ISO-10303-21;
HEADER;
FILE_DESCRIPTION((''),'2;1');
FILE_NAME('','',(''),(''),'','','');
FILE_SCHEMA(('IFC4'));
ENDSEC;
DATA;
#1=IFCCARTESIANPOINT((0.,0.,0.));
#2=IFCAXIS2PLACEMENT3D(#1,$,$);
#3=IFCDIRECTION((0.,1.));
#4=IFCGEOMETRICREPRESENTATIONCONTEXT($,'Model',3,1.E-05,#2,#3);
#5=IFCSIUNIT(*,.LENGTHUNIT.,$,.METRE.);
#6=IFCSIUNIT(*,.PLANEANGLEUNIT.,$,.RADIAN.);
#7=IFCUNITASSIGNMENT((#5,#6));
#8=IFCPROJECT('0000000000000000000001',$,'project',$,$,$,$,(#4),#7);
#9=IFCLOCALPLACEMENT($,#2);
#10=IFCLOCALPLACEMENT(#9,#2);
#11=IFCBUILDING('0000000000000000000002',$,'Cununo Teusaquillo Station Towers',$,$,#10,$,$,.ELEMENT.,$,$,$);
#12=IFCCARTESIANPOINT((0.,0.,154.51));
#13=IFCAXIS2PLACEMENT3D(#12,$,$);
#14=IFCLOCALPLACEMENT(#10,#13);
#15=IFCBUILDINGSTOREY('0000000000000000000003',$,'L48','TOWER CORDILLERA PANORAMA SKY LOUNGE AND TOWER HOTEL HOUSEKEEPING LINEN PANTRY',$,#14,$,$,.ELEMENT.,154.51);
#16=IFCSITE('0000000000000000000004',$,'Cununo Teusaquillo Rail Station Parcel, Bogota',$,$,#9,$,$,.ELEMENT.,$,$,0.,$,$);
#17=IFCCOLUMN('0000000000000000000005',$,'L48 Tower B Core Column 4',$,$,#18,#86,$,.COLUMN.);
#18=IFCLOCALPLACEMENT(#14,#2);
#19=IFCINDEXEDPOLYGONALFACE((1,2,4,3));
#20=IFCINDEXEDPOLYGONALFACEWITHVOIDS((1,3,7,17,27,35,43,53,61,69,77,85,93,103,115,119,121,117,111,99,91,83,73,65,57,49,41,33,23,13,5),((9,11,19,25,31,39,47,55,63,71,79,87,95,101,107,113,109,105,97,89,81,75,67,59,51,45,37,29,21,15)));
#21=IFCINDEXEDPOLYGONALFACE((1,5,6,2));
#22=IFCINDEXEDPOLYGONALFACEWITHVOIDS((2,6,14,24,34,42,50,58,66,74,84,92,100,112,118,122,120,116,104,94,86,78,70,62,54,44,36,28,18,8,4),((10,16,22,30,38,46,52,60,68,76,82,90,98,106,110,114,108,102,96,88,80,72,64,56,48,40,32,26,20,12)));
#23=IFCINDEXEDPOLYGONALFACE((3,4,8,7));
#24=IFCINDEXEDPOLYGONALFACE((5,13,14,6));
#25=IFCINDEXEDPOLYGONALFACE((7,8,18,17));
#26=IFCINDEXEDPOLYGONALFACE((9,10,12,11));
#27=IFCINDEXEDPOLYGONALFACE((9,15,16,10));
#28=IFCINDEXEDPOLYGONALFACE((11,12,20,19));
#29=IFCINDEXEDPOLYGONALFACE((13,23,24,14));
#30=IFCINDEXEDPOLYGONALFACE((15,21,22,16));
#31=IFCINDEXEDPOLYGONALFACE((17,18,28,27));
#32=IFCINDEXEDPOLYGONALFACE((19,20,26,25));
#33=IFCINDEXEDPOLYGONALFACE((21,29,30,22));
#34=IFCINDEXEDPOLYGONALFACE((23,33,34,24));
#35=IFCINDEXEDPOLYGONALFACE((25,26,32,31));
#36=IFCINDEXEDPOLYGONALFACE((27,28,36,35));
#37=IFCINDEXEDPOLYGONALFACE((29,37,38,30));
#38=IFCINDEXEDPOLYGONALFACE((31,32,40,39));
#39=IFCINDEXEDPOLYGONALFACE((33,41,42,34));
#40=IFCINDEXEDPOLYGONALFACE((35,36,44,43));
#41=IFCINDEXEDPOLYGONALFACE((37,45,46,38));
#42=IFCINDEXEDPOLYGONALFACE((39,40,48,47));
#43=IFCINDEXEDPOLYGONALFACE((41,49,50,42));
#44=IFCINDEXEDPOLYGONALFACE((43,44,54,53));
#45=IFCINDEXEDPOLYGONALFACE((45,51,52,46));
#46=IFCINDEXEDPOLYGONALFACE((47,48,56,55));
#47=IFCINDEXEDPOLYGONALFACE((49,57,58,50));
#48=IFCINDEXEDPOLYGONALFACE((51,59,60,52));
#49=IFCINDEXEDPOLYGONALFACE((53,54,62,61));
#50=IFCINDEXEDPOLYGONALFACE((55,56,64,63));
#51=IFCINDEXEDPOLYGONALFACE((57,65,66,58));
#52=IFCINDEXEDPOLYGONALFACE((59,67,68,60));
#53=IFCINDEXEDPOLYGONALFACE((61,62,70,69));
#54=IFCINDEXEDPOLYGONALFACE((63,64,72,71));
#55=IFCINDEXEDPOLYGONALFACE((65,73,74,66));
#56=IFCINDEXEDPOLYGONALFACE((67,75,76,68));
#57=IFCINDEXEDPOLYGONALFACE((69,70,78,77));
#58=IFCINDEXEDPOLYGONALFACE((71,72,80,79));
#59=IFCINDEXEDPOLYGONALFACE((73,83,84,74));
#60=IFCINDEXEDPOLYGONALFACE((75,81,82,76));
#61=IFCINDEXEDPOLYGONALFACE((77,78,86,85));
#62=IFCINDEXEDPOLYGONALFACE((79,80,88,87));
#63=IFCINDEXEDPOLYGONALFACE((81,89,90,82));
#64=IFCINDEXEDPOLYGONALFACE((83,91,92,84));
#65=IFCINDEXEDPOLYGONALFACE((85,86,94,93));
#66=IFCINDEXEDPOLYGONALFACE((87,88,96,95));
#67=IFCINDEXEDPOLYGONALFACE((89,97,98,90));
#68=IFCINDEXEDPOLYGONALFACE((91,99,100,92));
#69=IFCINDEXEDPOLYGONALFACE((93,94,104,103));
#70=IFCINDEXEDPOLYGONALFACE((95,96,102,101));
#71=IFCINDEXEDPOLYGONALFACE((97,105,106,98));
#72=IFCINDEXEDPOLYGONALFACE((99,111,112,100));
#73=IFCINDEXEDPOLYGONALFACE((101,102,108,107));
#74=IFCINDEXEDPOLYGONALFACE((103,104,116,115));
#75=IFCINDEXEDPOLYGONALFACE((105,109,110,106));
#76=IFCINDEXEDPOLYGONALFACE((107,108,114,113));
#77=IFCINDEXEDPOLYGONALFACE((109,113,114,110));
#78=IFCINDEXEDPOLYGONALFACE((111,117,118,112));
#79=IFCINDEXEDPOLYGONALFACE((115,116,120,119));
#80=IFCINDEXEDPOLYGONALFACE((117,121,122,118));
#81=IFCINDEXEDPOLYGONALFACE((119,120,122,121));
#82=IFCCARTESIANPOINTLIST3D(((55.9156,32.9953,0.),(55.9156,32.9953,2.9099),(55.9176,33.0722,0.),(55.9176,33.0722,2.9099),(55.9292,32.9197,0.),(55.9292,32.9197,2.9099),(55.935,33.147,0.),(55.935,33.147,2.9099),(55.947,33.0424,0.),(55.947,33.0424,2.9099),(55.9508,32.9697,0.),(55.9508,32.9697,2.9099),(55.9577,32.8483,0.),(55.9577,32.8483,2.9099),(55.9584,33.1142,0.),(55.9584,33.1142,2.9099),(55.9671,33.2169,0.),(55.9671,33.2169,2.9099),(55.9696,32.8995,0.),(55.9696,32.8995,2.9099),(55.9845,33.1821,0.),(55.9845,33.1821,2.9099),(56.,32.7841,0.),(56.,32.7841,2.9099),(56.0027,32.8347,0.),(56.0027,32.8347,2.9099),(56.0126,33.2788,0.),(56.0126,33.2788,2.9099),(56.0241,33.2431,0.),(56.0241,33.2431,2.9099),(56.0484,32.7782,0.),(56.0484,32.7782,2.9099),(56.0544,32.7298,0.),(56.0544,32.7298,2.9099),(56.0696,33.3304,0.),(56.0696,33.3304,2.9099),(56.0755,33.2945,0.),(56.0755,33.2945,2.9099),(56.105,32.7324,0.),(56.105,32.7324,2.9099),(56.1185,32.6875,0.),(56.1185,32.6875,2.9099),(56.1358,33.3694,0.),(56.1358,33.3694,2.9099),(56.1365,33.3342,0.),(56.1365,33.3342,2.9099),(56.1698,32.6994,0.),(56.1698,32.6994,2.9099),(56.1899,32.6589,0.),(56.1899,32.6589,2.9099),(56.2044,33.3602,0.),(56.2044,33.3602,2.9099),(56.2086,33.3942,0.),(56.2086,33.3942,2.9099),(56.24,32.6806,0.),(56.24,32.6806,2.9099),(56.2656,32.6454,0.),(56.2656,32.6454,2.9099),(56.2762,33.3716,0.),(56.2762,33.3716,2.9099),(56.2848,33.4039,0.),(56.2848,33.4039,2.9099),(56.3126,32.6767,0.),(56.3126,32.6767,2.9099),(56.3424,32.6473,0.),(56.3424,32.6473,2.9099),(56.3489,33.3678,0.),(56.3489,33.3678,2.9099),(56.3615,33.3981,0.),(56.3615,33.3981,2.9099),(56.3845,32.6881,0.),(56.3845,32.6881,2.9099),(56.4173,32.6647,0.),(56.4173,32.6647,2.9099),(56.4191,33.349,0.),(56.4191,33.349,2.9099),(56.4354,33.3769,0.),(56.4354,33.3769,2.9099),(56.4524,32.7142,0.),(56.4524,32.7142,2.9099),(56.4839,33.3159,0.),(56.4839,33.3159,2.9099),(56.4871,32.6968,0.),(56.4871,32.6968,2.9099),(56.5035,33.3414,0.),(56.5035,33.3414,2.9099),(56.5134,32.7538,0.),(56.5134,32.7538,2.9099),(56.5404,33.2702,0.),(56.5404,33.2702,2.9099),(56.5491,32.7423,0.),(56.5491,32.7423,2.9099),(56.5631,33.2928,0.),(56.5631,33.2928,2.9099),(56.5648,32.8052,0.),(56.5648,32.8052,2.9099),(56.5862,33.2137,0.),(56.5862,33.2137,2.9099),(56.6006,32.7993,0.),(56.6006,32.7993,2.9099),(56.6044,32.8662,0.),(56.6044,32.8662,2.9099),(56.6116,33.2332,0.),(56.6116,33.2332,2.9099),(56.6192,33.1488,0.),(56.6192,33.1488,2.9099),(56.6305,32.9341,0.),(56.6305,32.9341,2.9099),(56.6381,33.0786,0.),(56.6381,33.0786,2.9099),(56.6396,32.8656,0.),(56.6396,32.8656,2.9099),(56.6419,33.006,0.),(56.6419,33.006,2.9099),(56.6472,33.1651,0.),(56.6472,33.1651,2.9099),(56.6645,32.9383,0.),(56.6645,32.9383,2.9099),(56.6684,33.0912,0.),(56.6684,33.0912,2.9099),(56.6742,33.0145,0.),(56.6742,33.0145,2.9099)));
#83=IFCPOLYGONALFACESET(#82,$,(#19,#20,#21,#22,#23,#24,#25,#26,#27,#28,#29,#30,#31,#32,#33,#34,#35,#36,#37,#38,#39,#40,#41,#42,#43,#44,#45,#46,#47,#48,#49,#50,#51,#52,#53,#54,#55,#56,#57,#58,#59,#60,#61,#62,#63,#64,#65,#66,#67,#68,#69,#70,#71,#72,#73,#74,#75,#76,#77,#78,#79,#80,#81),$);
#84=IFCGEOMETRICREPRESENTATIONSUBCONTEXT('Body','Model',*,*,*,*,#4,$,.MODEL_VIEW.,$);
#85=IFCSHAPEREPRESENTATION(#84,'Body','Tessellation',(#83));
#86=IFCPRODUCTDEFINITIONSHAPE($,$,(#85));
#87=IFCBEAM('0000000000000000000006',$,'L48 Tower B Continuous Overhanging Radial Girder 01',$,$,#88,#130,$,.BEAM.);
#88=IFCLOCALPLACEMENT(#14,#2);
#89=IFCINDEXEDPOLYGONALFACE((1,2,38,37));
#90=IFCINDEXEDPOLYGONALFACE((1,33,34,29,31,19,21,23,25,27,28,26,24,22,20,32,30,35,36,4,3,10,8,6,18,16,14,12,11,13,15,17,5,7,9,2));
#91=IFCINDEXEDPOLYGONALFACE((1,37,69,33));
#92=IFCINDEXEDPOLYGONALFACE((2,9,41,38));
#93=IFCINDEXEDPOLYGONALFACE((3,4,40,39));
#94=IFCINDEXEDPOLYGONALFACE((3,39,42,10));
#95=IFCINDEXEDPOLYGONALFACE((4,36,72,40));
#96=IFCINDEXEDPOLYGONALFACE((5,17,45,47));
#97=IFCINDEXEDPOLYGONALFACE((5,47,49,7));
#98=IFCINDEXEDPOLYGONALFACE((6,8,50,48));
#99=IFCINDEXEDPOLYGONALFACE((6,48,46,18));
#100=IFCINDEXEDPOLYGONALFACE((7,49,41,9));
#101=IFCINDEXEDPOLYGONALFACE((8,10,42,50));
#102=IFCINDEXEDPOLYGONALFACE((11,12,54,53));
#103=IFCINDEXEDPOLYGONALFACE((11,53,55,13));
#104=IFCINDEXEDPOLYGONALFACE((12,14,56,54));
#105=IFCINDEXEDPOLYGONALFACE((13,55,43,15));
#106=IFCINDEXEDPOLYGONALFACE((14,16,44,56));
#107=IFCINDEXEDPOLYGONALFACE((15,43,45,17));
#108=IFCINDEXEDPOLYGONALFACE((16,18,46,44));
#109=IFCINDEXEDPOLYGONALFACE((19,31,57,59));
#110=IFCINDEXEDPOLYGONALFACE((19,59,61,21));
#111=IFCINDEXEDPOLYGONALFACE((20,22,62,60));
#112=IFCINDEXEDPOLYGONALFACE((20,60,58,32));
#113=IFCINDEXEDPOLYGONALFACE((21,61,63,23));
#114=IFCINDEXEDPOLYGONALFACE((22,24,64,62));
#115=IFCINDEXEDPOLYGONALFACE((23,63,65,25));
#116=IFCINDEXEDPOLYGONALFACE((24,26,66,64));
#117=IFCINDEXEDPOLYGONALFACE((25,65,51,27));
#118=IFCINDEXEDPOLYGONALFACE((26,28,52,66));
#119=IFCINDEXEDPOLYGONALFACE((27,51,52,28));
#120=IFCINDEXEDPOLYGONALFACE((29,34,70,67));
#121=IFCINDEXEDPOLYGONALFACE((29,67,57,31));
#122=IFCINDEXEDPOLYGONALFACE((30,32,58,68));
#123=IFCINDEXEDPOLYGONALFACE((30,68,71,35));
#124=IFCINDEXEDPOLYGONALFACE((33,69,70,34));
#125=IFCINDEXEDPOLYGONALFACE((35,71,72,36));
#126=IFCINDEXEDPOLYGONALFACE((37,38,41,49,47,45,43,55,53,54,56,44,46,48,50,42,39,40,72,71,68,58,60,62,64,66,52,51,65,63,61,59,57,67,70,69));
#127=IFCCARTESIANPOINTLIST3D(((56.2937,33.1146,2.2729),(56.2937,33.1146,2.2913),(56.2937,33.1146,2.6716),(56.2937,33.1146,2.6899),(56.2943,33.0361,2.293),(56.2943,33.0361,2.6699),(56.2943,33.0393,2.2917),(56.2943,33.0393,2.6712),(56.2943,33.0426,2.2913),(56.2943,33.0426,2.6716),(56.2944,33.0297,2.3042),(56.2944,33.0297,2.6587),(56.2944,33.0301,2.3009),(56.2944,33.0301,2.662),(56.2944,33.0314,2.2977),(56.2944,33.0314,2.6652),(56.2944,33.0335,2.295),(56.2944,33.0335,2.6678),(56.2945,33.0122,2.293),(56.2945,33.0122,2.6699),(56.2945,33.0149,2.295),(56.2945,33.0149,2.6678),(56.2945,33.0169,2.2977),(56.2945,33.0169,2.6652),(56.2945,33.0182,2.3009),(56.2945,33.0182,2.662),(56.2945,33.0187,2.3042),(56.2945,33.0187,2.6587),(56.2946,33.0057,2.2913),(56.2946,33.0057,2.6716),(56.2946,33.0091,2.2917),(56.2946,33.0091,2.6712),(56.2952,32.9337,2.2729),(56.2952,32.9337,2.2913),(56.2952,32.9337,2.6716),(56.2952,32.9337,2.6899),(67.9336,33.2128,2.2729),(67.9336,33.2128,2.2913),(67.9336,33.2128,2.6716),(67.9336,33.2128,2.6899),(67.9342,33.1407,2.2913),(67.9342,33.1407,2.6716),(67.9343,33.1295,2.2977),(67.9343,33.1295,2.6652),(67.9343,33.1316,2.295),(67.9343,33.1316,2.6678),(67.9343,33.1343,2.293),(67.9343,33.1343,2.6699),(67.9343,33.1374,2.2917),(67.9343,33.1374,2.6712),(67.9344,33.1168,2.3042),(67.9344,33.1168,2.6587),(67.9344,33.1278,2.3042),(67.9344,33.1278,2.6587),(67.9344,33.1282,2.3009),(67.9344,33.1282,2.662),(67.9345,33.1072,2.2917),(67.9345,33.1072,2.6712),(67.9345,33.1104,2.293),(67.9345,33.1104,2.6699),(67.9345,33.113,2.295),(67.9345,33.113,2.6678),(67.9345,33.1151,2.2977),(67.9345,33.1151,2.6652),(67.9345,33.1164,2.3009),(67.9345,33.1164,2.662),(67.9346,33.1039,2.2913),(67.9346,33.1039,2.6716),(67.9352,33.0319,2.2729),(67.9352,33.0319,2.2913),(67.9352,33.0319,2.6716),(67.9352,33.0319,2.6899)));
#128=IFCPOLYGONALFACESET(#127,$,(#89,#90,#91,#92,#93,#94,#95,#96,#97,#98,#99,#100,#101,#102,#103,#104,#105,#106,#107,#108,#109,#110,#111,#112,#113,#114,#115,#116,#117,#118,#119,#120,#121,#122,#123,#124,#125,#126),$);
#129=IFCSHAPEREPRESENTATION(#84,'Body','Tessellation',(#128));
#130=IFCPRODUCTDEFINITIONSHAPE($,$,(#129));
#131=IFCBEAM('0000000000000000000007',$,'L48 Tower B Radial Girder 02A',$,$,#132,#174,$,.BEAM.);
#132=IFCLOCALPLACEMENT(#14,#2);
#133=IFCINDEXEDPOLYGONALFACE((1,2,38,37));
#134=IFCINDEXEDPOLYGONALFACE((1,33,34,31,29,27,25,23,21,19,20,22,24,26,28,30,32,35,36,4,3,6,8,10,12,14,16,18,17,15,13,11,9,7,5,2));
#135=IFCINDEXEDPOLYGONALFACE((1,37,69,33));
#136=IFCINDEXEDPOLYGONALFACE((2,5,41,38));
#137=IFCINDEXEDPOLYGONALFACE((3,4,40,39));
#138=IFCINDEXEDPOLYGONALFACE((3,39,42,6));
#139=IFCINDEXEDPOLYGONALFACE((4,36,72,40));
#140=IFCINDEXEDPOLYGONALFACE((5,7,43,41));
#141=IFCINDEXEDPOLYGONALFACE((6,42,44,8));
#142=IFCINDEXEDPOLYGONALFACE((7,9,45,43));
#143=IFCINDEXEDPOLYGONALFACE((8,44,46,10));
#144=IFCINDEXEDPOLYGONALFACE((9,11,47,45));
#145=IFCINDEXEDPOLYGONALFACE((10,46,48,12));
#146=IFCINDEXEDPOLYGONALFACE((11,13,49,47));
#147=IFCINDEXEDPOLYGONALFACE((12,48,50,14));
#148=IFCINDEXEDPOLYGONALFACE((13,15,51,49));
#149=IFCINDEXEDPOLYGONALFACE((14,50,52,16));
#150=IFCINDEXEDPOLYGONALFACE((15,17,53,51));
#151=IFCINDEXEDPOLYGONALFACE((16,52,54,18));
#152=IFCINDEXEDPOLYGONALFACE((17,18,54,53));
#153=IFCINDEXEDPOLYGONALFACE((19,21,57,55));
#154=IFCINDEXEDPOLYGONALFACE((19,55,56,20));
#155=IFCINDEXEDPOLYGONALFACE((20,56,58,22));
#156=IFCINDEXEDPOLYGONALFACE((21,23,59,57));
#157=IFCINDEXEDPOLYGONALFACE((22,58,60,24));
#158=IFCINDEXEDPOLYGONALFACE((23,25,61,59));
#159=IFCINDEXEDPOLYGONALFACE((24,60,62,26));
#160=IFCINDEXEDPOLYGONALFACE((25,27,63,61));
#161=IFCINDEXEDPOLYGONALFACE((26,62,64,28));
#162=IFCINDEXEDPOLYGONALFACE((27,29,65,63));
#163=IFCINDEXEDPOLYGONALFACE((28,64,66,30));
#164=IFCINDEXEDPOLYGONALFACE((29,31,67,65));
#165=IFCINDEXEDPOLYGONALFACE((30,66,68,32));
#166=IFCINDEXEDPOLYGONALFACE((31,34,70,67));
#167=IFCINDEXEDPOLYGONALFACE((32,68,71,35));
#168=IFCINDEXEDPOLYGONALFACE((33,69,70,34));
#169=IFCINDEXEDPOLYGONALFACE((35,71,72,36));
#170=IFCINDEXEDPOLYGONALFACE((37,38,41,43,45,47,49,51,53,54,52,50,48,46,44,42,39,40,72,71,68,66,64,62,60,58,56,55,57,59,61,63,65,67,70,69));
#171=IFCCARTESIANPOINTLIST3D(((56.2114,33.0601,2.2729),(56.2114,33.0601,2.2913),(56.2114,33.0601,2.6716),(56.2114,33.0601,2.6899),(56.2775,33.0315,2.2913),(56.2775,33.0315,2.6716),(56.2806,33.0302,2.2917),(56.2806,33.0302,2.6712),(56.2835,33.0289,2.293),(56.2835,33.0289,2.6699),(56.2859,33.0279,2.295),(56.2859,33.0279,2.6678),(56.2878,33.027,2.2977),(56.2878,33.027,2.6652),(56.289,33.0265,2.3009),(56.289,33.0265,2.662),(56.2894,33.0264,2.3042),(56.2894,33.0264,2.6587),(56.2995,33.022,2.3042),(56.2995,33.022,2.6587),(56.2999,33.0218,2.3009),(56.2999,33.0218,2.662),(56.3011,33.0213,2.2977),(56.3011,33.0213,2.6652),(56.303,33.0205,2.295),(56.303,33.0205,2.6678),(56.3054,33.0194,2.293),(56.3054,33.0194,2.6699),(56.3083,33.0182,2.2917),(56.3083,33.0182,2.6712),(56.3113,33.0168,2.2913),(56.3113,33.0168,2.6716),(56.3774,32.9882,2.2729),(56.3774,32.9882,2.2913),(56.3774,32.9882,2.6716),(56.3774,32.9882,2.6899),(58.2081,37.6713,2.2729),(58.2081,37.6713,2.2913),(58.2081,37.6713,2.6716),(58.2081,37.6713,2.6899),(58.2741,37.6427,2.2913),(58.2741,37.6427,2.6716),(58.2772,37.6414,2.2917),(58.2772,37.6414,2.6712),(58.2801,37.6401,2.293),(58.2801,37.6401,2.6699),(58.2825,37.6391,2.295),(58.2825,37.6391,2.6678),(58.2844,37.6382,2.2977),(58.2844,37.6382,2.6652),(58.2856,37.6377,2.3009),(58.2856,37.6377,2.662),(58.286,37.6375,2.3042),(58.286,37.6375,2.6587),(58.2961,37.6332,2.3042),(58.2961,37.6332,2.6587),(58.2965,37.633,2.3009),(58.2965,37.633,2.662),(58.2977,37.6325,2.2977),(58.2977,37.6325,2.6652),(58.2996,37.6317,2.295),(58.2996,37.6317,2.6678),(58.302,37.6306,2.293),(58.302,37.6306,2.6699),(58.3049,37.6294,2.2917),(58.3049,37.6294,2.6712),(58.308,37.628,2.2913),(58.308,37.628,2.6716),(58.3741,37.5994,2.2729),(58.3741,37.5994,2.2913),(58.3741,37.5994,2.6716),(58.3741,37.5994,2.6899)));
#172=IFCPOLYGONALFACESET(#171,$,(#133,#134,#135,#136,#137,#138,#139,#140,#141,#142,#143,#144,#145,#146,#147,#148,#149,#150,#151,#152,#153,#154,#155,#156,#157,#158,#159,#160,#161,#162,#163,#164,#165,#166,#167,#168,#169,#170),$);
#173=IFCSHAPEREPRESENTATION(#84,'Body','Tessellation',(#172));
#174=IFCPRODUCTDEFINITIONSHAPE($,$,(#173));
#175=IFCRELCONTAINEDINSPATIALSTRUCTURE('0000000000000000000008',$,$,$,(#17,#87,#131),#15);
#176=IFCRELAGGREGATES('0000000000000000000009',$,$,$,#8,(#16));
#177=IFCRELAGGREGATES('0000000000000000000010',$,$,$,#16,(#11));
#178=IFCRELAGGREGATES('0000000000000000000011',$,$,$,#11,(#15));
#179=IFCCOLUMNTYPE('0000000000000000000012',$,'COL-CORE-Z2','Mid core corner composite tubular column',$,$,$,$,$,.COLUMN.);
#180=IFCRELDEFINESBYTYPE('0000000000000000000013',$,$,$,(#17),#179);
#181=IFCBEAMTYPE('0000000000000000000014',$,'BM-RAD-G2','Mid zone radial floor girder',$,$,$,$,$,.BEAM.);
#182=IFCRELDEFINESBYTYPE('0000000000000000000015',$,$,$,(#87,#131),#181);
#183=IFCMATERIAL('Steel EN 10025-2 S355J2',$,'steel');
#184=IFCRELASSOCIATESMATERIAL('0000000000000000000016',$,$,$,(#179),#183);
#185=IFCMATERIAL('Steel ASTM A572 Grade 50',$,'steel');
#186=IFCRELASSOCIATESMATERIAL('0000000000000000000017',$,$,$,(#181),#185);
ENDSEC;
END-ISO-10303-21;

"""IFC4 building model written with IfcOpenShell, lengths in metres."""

from ifc_helpers import new_model, si_unit, direction, frame, origin, origin_2d, place, context, subcontext, project, spatial, hollow_circle, i_section, extrude, material, material_profile, profile_set, type_object, element, save


model = new_model("IFC4")

# Units and contexts
model_context = context("Model", 3, precision=1e-05, world=origin(), true_north=direction((0.0, 1.0)))
body_context = subcontext(model_context, "Body", "Model", "MODEL_VIEW")
ifc_project = project(units=[si_unit("LENGTHUNIT", "METRE"), si_unit("PLANEANGLEUNIT", "RADIAN")], contexts=[model_context])

# Site, building, storey
site_placement = place(None, origin())
site = spatial("IfcSite", under=ifc_project, at=site_placement, Name="Cununo Teusaquillo Rail Station Parcel, Bogota", CompositionType="ELEMENT", RefElevation=0.0)
building_placement = place(site_placement, origin())
building = spatial("IfcBuilding", under=site, at=building_placement, Name="Cununo Teusaquillo Station Towers", CompositionType="ELEMENT")
storey_placement = place(building_placement, frame((0.0, 0.0, 154.51)))
storey = spatial("IfcBuildingStorey", under=building, at=storey_placement, Name="L48", Description="TOWER CORDILLERA PANORAMA SKY LOUNGE AND TOWER HOTEL HOUSEKEEPING LINEN PANTRY", CompositionType="ELEMENT", Elevation=154.51)

# Column
ifc_material_1 = material(Name="Steel EN 10025-2 S355J2", Category="steel")
ifc_material_profile_1 = material_profile(ifc_material_1, hollow_circle(Radius=0.3799, WallThickness=0.032, at=origin_2d()), Name="CHS 760x32")
ifc_profile_set_1 = profile_set([ifc_material_profile_1], Name="Steel EN 10025-2 S355J2")
column_type = type_object("IfcColumnType", Name="COL-CORE-Z2", Description="Mid core corner composite tubular column", PredefinedType="COLUMN", material=ifc_profile_set_1)
column_placement = place(storey_placement, frame((56.2944, 33.0242, 0.0), z_axis=(0.0, 0.0, 1.0), x_axis=(0.707107, 0.707107, 0.0)))
element("IfcColumn", 1, at=column_placement, inside=storey, type_object=column_type, Name="L48 Tower B Core Column 4", PredefinedType="COLUMN", context=body_context, shape_type="SweptSolid", body=[
    extrude(hollow_circle(Radius=0.3799, WallThickness=0.032, at=origin_2d()), origin(), (0.0, 0.0, 1.0), 2.9099),
])

# Beams
ifc_material_2 = material(Name="Steel ASTM A572 Grade 50", Category="steel")
ifc_material_profile_2 = material_profile(ifc_material_2, i_section(OverallWidth=0.1809, OverallDepth=0.417, WebThickness=0.011, FlangeThickness=0.0183, FilletRadius=0.0129, at=origin_2d()), Name="W16X57")
ifc_profile_set_2 = profile_set([ifc_material_profile_2], Name="Steel ASTM A572 Grade 50")
beam_type = type_object("IfcBeamType", Name="BM-RAD-G2", Description="Mid zone radial floor girder", PredefinedType="BEAM", material=ifc_profile_set_2)
beam_1_placement = place(storey_placement, frame((56.2944, 33.0242, 2.4814), z_axis=(0.999964, 0.008431, 0.0), x_axis=(-0.008431, 0.999964, 0.0)))
element("IfcBeam", 2, at=beam_1_placement, inside=storey, type_object=beam_type, Name="L48 Tower B Continuous Overhanging Radial Girder 01", PredefinedType="BEAM", context=body_context, shape_type="SweptSolid", body=[
    extrude(i_section(OverallWidth=0.1809, OverallDepth=0.417, WebThickness=0.011, FlangeThickness=0.0183, FilletRadius=0.0129, at=origin_2d()), origin(), (0.0, 0.0, 1.0), 11.6404),
])
beam_2_placement = place(storey_placement, frame((56.2944, 33.0242, 2.4814), z_axis=(0.397347, 0.917668, 0.0), x_axis=(-0.917668, 0.397347, 0.0)))
element("IfcBeam", 3, at=beam_2_placement, inside=storey, type_object=beam_type, Name="L48 Tower B Radial Girder 02A", PredefinedType="BEAM", context=body_context, shape_type="SweptSolid", body=[
    extrude(i_section(OverallWidth=0.1809, OverallDepth=0.417, WebThickness=0.011, FlangeThickness=0.0183, FilletRadius=0.0129, at=origin_2d()), origin(), (0.0, 0.0, 1.0), 5.0249),
])

save(model, "model.ifc")
